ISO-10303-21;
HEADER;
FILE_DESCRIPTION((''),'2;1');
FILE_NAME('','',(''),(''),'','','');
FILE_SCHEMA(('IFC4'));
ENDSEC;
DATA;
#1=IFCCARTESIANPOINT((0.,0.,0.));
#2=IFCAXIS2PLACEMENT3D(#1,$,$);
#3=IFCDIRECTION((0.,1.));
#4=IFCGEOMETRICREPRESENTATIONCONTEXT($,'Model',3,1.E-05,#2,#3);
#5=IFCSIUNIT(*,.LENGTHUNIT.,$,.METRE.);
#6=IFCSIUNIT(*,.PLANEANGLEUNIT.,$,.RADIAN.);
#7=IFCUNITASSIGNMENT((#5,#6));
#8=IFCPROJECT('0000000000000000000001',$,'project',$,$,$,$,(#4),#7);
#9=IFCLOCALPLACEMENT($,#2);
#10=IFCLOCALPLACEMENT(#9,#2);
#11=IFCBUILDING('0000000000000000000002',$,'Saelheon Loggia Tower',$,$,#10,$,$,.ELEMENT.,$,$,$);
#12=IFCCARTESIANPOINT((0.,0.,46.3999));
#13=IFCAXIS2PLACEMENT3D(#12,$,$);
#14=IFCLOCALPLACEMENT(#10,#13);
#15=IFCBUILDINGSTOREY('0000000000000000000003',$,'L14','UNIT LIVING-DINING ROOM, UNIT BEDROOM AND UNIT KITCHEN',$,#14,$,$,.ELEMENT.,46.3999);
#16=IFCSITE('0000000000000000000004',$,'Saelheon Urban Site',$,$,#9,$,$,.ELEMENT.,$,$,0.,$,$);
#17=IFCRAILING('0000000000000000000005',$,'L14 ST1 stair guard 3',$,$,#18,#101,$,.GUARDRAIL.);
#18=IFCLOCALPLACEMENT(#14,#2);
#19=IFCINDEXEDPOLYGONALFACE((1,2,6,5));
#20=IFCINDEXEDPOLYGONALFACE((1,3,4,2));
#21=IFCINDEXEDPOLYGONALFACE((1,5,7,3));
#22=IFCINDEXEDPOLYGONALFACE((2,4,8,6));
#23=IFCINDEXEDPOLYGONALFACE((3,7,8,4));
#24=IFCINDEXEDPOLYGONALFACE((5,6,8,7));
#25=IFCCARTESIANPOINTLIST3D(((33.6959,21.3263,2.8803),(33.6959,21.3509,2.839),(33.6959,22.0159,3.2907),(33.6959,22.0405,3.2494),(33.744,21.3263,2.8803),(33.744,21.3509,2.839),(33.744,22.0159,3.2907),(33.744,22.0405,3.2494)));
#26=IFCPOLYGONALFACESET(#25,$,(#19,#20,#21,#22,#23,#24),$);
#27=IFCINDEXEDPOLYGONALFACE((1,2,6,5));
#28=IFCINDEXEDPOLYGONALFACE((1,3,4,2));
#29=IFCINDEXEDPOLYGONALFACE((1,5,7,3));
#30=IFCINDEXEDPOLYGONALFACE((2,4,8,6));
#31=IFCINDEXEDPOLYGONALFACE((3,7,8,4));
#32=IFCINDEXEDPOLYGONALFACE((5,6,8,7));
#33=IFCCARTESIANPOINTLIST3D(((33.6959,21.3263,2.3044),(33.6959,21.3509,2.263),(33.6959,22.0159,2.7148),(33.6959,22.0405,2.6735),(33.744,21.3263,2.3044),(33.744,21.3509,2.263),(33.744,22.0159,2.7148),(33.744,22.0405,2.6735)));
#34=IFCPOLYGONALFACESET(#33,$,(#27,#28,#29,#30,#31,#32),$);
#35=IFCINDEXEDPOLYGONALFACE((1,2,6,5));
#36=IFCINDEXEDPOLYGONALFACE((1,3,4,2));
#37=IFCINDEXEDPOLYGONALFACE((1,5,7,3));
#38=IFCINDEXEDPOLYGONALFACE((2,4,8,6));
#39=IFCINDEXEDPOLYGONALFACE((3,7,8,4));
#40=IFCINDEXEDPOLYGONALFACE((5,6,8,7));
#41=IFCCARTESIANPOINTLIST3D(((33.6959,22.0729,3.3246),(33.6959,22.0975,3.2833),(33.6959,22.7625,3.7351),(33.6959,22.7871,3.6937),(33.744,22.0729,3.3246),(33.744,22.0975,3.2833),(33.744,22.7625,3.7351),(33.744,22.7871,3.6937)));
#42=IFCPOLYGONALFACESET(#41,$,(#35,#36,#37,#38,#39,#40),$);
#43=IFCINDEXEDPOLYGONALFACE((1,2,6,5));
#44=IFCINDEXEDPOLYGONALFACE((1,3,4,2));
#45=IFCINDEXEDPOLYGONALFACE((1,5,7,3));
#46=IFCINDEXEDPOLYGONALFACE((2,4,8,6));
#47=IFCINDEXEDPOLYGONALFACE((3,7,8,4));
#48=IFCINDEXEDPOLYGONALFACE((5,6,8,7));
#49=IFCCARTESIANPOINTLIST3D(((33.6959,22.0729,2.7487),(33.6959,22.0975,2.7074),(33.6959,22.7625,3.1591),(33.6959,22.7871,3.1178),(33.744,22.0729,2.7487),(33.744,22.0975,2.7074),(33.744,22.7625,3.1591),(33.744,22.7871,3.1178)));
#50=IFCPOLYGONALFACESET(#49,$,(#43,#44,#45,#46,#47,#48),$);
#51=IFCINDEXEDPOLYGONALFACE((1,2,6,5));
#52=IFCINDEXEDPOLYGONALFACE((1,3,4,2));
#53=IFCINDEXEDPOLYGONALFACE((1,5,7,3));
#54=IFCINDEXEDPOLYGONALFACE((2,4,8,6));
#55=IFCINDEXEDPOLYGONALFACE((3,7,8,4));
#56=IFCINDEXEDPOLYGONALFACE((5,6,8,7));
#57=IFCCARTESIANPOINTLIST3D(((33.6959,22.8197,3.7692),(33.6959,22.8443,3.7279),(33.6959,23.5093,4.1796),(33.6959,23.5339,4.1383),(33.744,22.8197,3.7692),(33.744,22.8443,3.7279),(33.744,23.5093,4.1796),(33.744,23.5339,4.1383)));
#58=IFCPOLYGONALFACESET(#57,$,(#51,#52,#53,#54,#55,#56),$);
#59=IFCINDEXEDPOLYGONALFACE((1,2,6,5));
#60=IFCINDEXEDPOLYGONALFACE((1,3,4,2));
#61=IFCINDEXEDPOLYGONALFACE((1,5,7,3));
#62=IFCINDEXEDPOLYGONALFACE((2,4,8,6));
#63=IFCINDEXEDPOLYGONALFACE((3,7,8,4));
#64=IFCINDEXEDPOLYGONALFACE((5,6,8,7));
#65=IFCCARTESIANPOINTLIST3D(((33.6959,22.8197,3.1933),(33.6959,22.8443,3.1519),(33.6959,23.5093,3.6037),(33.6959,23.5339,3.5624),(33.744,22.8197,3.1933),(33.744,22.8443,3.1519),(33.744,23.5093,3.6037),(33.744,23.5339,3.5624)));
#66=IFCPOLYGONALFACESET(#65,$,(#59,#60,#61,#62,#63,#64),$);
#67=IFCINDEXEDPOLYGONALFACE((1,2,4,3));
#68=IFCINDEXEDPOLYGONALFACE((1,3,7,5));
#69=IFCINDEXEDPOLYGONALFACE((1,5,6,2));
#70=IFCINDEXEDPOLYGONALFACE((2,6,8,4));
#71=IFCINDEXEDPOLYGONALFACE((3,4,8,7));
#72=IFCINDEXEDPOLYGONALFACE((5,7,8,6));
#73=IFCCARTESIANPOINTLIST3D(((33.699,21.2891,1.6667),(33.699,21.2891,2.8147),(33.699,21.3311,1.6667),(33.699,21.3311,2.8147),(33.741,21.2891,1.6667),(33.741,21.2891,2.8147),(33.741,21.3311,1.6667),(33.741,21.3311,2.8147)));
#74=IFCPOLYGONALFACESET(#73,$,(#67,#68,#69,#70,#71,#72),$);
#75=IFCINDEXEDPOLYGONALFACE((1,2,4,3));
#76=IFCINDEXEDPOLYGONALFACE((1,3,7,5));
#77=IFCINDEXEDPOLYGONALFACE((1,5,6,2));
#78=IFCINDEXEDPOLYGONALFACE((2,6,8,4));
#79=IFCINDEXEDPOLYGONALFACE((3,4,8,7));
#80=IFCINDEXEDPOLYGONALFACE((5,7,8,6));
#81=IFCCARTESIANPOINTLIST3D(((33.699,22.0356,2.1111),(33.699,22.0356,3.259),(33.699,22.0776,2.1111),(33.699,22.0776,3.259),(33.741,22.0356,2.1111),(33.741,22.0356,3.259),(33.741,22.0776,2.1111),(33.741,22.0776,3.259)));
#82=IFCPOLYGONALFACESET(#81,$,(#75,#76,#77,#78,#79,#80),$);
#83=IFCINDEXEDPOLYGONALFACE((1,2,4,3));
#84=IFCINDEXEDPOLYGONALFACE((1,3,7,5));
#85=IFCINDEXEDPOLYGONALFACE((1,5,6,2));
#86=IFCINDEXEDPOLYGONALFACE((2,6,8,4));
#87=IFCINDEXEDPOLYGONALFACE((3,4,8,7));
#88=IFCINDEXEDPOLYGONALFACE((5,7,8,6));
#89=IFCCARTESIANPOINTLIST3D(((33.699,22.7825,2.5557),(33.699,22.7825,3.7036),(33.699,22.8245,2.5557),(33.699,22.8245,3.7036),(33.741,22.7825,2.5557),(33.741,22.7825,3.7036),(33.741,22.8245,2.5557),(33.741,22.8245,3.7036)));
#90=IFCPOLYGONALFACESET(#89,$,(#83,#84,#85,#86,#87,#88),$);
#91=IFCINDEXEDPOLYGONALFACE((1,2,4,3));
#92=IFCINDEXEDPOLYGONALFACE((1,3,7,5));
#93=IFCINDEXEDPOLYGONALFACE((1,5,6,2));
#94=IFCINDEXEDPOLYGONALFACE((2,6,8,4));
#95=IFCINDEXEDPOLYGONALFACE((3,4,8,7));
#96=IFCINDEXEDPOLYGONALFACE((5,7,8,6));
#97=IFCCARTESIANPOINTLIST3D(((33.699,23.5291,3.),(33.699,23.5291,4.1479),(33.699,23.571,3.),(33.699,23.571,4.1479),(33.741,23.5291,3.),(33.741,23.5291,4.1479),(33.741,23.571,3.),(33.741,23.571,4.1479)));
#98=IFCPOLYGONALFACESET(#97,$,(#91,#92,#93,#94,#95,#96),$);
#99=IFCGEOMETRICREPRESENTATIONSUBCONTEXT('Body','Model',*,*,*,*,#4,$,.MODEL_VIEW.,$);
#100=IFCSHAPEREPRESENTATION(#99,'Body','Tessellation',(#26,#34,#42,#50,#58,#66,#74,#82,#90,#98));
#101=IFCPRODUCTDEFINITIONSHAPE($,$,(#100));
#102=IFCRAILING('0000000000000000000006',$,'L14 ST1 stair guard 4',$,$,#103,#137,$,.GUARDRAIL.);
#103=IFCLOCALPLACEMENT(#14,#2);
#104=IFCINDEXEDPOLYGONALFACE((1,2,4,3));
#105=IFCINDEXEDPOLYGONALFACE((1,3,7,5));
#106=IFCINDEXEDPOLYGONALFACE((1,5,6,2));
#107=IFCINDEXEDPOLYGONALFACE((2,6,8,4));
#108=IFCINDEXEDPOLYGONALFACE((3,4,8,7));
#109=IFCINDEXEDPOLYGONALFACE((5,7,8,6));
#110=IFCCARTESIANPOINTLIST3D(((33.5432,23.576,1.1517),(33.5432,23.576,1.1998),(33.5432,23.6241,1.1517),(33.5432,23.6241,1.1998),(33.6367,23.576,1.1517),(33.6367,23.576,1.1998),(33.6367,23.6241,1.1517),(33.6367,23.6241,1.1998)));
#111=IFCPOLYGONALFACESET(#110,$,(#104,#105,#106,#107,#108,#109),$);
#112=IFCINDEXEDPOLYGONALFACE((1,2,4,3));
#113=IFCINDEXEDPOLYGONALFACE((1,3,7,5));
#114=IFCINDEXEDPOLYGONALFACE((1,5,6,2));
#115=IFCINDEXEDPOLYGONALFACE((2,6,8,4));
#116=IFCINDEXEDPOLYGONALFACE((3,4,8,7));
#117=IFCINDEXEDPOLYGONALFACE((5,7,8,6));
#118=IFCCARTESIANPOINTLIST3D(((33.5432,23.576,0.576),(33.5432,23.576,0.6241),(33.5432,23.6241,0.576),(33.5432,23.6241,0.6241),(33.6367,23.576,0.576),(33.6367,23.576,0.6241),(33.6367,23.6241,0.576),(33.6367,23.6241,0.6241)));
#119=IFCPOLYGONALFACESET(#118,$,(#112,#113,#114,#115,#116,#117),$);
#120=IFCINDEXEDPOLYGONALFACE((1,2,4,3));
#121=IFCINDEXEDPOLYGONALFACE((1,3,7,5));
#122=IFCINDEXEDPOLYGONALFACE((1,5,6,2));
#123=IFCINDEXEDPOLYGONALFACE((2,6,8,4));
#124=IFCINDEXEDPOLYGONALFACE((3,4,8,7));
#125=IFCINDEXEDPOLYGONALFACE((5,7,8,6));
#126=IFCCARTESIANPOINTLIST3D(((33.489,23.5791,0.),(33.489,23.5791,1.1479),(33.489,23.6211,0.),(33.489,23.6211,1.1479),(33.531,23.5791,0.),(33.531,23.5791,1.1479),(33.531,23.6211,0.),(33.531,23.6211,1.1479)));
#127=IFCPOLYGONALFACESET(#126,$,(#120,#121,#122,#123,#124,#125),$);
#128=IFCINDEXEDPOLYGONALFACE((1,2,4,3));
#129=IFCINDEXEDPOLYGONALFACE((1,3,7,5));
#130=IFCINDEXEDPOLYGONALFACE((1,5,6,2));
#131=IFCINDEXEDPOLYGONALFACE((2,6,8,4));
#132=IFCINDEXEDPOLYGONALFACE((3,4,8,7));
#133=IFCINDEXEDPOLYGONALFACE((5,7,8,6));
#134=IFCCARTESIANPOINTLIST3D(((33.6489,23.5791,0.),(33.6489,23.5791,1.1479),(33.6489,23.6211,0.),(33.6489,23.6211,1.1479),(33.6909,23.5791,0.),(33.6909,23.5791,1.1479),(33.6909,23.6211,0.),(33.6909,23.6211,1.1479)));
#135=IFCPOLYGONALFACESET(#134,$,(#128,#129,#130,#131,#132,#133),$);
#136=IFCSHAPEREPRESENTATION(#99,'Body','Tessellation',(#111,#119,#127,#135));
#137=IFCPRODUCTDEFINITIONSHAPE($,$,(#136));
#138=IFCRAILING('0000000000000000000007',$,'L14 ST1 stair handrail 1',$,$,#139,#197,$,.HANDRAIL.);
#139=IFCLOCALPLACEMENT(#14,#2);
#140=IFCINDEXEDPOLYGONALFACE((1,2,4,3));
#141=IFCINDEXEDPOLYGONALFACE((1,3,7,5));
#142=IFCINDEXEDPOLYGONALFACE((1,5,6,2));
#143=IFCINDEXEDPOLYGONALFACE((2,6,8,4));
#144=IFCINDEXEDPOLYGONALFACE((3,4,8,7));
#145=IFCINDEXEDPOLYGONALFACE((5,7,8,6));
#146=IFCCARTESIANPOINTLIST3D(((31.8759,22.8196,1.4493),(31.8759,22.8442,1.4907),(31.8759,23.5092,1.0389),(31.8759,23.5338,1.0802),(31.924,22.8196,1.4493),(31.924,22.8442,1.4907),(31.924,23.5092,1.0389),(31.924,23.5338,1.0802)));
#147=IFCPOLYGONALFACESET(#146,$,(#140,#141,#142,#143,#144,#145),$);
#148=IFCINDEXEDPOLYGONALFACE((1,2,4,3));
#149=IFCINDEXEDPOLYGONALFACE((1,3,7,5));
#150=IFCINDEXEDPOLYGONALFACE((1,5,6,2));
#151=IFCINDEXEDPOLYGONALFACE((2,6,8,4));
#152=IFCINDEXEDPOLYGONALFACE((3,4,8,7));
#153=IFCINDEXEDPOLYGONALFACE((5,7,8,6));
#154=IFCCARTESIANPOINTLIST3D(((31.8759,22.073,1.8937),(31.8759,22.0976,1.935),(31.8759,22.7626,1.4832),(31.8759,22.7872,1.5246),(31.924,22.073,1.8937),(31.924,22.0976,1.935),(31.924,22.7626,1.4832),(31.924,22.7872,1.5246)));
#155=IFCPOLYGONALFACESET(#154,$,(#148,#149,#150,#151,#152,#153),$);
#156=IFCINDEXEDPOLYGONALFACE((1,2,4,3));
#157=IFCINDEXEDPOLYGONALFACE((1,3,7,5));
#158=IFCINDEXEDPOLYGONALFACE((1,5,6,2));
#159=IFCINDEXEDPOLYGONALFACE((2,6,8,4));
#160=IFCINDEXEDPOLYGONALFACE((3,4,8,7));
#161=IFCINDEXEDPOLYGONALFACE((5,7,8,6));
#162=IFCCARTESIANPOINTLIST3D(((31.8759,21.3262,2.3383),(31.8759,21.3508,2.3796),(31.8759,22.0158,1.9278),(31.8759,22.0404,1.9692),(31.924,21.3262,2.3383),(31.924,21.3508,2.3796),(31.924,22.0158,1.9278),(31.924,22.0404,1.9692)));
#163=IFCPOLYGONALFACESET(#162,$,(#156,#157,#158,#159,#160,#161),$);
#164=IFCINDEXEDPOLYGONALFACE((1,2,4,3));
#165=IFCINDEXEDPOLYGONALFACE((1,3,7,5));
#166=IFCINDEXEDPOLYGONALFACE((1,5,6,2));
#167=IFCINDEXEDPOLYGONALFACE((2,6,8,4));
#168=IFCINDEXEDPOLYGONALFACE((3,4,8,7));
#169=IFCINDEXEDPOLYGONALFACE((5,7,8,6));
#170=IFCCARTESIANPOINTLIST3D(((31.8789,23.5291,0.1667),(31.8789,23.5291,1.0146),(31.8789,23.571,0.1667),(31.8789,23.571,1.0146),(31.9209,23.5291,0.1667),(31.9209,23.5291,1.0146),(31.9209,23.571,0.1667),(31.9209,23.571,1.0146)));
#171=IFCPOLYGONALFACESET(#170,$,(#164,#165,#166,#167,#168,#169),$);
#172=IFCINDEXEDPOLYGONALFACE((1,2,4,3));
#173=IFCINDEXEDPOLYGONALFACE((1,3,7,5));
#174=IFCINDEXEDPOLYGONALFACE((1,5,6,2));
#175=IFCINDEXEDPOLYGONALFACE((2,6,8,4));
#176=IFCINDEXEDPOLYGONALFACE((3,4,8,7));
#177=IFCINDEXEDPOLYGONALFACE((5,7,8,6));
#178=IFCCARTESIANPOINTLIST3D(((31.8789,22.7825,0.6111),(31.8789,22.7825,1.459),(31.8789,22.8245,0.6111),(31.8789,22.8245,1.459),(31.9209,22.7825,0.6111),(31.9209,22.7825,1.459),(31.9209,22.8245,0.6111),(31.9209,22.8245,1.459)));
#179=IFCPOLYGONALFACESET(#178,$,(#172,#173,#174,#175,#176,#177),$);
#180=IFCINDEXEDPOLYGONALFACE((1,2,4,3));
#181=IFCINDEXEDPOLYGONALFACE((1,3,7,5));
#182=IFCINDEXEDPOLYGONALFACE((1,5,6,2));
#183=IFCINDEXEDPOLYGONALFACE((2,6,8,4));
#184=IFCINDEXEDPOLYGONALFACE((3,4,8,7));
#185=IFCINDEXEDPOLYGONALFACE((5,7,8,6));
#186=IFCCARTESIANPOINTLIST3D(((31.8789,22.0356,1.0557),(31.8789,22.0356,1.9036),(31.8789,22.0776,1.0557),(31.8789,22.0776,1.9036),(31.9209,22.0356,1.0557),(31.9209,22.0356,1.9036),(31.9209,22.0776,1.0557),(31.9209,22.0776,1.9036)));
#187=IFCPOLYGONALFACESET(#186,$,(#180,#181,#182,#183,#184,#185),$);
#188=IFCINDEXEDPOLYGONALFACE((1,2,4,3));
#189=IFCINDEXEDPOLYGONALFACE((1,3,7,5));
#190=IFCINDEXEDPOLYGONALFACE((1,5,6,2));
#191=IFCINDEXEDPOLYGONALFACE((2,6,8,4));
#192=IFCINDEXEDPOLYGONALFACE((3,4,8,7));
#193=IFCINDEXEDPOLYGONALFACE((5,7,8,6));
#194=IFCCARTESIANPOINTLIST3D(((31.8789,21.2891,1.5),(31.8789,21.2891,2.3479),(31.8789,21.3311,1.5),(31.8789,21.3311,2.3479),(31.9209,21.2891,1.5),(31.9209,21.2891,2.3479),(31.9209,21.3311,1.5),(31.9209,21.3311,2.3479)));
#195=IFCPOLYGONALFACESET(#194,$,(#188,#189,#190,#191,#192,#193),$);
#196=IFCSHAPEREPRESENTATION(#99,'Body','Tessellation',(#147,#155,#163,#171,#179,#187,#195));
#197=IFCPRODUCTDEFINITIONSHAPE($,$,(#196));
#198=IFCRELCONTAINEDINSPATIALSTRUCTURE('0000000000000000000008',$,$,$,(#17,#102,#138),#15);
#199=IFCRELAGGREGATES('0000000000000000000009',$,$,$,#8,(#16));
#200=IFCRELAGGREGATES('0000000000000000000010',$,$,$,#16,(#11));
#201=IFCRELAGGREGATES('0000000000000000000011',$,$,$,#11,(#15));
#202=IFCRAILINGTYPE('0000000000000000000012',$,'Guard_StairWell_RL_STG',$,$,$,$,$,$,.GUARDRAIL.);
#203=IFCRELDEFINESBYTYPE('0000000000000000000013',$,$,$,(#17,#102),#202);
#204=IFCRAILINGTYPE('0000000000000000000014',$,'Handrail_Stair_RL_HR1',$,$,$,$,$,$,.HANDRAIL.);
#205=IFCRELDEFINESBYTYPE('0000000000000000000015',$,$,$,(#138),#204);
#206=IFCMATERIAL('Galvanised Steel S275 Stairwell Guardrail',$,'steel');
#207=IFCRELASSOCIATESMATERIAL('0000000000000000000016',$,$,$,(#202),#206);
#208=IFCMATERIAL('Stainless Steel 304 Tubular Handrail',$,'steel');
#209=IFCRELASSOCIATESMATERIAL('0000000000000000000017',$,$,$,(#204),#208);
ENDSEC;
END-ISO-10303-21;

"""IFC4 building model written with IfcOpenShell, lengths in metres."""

from ifc_helpers import new_model, si_unit, direction, frame, origin, origin_2d, place, context, subcontext, project, spatial, rectangle, extrude, material, type_object, element, save


model = new_model("IFC4")

# Units and contexts
model_context = context("Model", 3, precision=1e-05, world=origin(), true_north=direction((0.0, 1.0)))
body_context = subcontext(model_context, "Body", "Model", "MODEL_VIEW")
ifc_project = project(units=[si_unit("LENGTHUNIT", "METRE"), si_unit("PLANEANGLEUNIT", "RADIAN")], contexts=[model_context])

# Site, building, storey
site_placement = place(None, origin())
site = spatial("IfcSite", under=ifc_project, at=site_placement, Name="Saelheon Urban Site", CompositionType="ELEMENT", RefElevation=0.0)
building_placement = place(site_placement, origin())
building = spatial("IfcBuilding", under=site, at=building_placement, Name="Saelheon Loggia Tower", CompositionType="ELEMENT")
storey_placement = place(building_placement, frame((0.0, 0.0, 46.3999)))
storey = spatial("IfcBuildingStorey", under=building, at=storey_placement, Name="L14", Description="UNIT LIVING-DINING ROOM, UNIT BEDROOM AND UNIT KITCHEN", CompositionType="ELEMENT", Elevation=46.3999)

# Railings
ifc_material_1 = material(Name="Galvanised Steel S275 Stairwell Guardrail", Category="steel")
railing_type_1 = type_object("IfcRailingType", Name="Guard_StairWell_RL_STG", PredefinedType="GUARDRAIL", material=ifc_material_1)
railing_1_placement = place(storey_placement, frame((33.72, 21.3101, 1.6667)))
element("IfcRailing", 1, at=railing_1_placement, inside=storey, type_object=railing_type_1, Name="L14 ST1 stair guard 3", PredefinedType="GUARDRAIL", context=body_context, shape_type="SweptSolid", body=[
    extrude(rectangle(XDim=0.0481, YDim=0.0481, at=origin_2d()), frame((0.0, 0.0286, 1.1929), z_axis=(0.0, 0.859306, 0.511462), x_axis=(-1.0, 0.0, 0.0)), (0.0, 0.0, 1.0), 0.8025),
    extrude(rectangle(XDim=0.0481, YDim=0.0481, at=origin_2d()), frame((0.0, 0.0286, 0.6169), z_axis=(0.0, 0.859306, 0.511462), x_axis=(-1.0, 0.0, 0.0)), (0.0, 0.0, 1.0), 0.8025),
    extrude(rectangle(XDim=0.0481, YDim=0.0481, at=origin_2d()), frame((0.0, 0.7751, 1.6372), z_axis=(0.0, 0.859306, 0.511462), x_axis=(-1.0, 0.0, 0.0)), (0.0, 0.0, 1.0), 0.8025),
    extrude(rectangle(XDim=0.0481, YDim=0.0481, at=origin_2d()), frame((0.0, 0.7751, 1.0613), z_axis=(0.0, 0.859306, 0.511462), x_axis=(-1.0, 0.0, 0.0)), (0.0, 0.0, 1.0), 0.8025),
    extrude(rectangle(XDim=0.0481, YDim=0.0481, at=origin_2d()), frame((0.0, 1.522, 2.0818), z_axis=(0.0, 0.859306, 0.511462), x_axis=(-1.0, 0.0, 0.0)), (0.0, 0.0, 1.0), 0.8025),
    extrude(rectangle(XDim=0.0481, YDim=0.0481, at=origin_2d()), frame((0.0, 1.522, 1.5059), z_axis=(0.0, 0.859306, 0.511462), x_axis=(-1.0, 0.0, 0.0)), (0.0, 0.0, 1.0), 0.8025),
    extrude(rectangle(XDim=0.042, YDim=0.042, at=origin_2d()), origin(), (0.0, 0.0, 1.0), 1.1479),
    extrude(rectangle(XDim=0.042, YDim=0.042, at=origin_2d()), frame((0.0, 0.7466, 0.4443)), (0.0, 0.0, 1.0), 1.1479),
    extrude(rectangle(XDim=0.042, YDim=0.042, at=origin_2d()), frame((0.0, 1.4934, 0.8889)), (0.0, 0.0, 1.0), 1.1479),
    extrude(rectangle(XDim=0.042, YDim=0.042, at=origin_2d()), frame((0.0, 2.24, 1.3333)), (0.0, 0.0, 1.0), 1.1479),
])
railing_2_placement = place(storey_placement, frame((33.51, 23.6001, 0.0)))
element("IfcRailing", 2, at=railing_2_placement, inside=storey, type_object=railing_type_1, Name="L14 ST1 stair guard 4", PredefinedType="GUARDRAIL", context=body_context, shape_type="SweptSolid", body=[
    extrude(rectangle(XDim=0.0481, YDim=0.0481, at=origin_2d()), frame((0.0332, 0.0, 1.1758), z_axis=(1.0, 0.0, 0.0), x_axis=(0.0, 1.0, 0.0)), (0.0, 0.0, 1.0), 0.0935),
    extrude(rectangle(XDim=0.0481, YDim=0.0481, at=origin_2d()), frame((0.0332, 0.0, 0.6001), z_axis=(1.0, 0.0, 0.0), x_axis=(0.0, 1.0, 0.0)), (0.0, 0.0, 1.0), 0.0935),
    extrude(rectangle(XDim=0.042, YDim=0.042, at=origin_2d()), origin(), (0.0, 0.0, 1.0), 1.1479),
    extrude(rectangle(XDim=0.042, YDim=0.042, at=origin_2d()), frame((0.1599, 0.0, 0.0)), (0.0, 0.0, 1.0), 1.1479),
])
ifc_material_2 = material(Name="Stainless Steel 304 Tubular Handrail", Category="steel")
railing_type_2 = type_object("IfcRailingType", Name="Handrail_Stair_RL_HR1", PredefinedType="HANDRAIL", material=ifc_material_2)
railing_3_placement = place(storey_placement, frame((31.8999, 23.55, 0.1667)))
element("IfcRailing", 3, at=railing_3_placement, inside=storey, type_object=railing_type_2, Name="L14 ST1 stair handrail 1", PredefinedType="HANDRAIL", context=body_context, shape_type="SweptSolid", body=[
    extrude(rectangle(XDim=0.0481, YDim=0.0481, at=origin_2d()), frame((0.0, -0.0286, 0.8928), z_axis=(0.0, -0.859306, 0.511462), x_axis=(1.0, 0.0, 0.0)), (0.0, 0.0, 1.0), 0.8025),
    extrude(rectangle(XDim=0.0481, YDim=0.0481, at=origin_2d()), frame((0.0, -0.7751, 1.3372), z_axis=(0.0, -0.859306, 0.511462), x_axis=(1.0, 0.0, 0.0)), (0.0, 0.0, 1.0), 0.8025),
    extrude(rectangle(XDim=0.0481, YDim=0.0481, at=origin_2d()), frame((0.0, -1.522, 1.7817), z_axis=(0.0, -0.859306, 0.511462), x_axis=(1.0, 0.0, 0.0)), (0.0, 0.0, 1.0), 0.8025),
    extrude(rectangle(XDim=0.042, YDim=0.042, at=origin_2d()), origin(), (0.0, 0.0, 1.0), 0.8479),
    extrude(rectangle(XDim=0.042, YDim=0.042, at=origin_2d()), frame((0.0, -0.7466, 0.4443)), (0.0, 0.0, 1.0), 0.8479),
    extrude(rectangle(XDim=0.042, YDim=0.042, at=origin_2d()), frame((0.0, -1.4934, 0.8889)), (0.0, 0.0, 1.0), 0.8479),
    extrude(rectangle(XDim=0.042, YDim=0.042, at=origin_2d()), frame((0.0, -2.24, 1.3333)), (0.0, 0.0, 1.0), 0.8479),
])

save(model, "model.ifc")
